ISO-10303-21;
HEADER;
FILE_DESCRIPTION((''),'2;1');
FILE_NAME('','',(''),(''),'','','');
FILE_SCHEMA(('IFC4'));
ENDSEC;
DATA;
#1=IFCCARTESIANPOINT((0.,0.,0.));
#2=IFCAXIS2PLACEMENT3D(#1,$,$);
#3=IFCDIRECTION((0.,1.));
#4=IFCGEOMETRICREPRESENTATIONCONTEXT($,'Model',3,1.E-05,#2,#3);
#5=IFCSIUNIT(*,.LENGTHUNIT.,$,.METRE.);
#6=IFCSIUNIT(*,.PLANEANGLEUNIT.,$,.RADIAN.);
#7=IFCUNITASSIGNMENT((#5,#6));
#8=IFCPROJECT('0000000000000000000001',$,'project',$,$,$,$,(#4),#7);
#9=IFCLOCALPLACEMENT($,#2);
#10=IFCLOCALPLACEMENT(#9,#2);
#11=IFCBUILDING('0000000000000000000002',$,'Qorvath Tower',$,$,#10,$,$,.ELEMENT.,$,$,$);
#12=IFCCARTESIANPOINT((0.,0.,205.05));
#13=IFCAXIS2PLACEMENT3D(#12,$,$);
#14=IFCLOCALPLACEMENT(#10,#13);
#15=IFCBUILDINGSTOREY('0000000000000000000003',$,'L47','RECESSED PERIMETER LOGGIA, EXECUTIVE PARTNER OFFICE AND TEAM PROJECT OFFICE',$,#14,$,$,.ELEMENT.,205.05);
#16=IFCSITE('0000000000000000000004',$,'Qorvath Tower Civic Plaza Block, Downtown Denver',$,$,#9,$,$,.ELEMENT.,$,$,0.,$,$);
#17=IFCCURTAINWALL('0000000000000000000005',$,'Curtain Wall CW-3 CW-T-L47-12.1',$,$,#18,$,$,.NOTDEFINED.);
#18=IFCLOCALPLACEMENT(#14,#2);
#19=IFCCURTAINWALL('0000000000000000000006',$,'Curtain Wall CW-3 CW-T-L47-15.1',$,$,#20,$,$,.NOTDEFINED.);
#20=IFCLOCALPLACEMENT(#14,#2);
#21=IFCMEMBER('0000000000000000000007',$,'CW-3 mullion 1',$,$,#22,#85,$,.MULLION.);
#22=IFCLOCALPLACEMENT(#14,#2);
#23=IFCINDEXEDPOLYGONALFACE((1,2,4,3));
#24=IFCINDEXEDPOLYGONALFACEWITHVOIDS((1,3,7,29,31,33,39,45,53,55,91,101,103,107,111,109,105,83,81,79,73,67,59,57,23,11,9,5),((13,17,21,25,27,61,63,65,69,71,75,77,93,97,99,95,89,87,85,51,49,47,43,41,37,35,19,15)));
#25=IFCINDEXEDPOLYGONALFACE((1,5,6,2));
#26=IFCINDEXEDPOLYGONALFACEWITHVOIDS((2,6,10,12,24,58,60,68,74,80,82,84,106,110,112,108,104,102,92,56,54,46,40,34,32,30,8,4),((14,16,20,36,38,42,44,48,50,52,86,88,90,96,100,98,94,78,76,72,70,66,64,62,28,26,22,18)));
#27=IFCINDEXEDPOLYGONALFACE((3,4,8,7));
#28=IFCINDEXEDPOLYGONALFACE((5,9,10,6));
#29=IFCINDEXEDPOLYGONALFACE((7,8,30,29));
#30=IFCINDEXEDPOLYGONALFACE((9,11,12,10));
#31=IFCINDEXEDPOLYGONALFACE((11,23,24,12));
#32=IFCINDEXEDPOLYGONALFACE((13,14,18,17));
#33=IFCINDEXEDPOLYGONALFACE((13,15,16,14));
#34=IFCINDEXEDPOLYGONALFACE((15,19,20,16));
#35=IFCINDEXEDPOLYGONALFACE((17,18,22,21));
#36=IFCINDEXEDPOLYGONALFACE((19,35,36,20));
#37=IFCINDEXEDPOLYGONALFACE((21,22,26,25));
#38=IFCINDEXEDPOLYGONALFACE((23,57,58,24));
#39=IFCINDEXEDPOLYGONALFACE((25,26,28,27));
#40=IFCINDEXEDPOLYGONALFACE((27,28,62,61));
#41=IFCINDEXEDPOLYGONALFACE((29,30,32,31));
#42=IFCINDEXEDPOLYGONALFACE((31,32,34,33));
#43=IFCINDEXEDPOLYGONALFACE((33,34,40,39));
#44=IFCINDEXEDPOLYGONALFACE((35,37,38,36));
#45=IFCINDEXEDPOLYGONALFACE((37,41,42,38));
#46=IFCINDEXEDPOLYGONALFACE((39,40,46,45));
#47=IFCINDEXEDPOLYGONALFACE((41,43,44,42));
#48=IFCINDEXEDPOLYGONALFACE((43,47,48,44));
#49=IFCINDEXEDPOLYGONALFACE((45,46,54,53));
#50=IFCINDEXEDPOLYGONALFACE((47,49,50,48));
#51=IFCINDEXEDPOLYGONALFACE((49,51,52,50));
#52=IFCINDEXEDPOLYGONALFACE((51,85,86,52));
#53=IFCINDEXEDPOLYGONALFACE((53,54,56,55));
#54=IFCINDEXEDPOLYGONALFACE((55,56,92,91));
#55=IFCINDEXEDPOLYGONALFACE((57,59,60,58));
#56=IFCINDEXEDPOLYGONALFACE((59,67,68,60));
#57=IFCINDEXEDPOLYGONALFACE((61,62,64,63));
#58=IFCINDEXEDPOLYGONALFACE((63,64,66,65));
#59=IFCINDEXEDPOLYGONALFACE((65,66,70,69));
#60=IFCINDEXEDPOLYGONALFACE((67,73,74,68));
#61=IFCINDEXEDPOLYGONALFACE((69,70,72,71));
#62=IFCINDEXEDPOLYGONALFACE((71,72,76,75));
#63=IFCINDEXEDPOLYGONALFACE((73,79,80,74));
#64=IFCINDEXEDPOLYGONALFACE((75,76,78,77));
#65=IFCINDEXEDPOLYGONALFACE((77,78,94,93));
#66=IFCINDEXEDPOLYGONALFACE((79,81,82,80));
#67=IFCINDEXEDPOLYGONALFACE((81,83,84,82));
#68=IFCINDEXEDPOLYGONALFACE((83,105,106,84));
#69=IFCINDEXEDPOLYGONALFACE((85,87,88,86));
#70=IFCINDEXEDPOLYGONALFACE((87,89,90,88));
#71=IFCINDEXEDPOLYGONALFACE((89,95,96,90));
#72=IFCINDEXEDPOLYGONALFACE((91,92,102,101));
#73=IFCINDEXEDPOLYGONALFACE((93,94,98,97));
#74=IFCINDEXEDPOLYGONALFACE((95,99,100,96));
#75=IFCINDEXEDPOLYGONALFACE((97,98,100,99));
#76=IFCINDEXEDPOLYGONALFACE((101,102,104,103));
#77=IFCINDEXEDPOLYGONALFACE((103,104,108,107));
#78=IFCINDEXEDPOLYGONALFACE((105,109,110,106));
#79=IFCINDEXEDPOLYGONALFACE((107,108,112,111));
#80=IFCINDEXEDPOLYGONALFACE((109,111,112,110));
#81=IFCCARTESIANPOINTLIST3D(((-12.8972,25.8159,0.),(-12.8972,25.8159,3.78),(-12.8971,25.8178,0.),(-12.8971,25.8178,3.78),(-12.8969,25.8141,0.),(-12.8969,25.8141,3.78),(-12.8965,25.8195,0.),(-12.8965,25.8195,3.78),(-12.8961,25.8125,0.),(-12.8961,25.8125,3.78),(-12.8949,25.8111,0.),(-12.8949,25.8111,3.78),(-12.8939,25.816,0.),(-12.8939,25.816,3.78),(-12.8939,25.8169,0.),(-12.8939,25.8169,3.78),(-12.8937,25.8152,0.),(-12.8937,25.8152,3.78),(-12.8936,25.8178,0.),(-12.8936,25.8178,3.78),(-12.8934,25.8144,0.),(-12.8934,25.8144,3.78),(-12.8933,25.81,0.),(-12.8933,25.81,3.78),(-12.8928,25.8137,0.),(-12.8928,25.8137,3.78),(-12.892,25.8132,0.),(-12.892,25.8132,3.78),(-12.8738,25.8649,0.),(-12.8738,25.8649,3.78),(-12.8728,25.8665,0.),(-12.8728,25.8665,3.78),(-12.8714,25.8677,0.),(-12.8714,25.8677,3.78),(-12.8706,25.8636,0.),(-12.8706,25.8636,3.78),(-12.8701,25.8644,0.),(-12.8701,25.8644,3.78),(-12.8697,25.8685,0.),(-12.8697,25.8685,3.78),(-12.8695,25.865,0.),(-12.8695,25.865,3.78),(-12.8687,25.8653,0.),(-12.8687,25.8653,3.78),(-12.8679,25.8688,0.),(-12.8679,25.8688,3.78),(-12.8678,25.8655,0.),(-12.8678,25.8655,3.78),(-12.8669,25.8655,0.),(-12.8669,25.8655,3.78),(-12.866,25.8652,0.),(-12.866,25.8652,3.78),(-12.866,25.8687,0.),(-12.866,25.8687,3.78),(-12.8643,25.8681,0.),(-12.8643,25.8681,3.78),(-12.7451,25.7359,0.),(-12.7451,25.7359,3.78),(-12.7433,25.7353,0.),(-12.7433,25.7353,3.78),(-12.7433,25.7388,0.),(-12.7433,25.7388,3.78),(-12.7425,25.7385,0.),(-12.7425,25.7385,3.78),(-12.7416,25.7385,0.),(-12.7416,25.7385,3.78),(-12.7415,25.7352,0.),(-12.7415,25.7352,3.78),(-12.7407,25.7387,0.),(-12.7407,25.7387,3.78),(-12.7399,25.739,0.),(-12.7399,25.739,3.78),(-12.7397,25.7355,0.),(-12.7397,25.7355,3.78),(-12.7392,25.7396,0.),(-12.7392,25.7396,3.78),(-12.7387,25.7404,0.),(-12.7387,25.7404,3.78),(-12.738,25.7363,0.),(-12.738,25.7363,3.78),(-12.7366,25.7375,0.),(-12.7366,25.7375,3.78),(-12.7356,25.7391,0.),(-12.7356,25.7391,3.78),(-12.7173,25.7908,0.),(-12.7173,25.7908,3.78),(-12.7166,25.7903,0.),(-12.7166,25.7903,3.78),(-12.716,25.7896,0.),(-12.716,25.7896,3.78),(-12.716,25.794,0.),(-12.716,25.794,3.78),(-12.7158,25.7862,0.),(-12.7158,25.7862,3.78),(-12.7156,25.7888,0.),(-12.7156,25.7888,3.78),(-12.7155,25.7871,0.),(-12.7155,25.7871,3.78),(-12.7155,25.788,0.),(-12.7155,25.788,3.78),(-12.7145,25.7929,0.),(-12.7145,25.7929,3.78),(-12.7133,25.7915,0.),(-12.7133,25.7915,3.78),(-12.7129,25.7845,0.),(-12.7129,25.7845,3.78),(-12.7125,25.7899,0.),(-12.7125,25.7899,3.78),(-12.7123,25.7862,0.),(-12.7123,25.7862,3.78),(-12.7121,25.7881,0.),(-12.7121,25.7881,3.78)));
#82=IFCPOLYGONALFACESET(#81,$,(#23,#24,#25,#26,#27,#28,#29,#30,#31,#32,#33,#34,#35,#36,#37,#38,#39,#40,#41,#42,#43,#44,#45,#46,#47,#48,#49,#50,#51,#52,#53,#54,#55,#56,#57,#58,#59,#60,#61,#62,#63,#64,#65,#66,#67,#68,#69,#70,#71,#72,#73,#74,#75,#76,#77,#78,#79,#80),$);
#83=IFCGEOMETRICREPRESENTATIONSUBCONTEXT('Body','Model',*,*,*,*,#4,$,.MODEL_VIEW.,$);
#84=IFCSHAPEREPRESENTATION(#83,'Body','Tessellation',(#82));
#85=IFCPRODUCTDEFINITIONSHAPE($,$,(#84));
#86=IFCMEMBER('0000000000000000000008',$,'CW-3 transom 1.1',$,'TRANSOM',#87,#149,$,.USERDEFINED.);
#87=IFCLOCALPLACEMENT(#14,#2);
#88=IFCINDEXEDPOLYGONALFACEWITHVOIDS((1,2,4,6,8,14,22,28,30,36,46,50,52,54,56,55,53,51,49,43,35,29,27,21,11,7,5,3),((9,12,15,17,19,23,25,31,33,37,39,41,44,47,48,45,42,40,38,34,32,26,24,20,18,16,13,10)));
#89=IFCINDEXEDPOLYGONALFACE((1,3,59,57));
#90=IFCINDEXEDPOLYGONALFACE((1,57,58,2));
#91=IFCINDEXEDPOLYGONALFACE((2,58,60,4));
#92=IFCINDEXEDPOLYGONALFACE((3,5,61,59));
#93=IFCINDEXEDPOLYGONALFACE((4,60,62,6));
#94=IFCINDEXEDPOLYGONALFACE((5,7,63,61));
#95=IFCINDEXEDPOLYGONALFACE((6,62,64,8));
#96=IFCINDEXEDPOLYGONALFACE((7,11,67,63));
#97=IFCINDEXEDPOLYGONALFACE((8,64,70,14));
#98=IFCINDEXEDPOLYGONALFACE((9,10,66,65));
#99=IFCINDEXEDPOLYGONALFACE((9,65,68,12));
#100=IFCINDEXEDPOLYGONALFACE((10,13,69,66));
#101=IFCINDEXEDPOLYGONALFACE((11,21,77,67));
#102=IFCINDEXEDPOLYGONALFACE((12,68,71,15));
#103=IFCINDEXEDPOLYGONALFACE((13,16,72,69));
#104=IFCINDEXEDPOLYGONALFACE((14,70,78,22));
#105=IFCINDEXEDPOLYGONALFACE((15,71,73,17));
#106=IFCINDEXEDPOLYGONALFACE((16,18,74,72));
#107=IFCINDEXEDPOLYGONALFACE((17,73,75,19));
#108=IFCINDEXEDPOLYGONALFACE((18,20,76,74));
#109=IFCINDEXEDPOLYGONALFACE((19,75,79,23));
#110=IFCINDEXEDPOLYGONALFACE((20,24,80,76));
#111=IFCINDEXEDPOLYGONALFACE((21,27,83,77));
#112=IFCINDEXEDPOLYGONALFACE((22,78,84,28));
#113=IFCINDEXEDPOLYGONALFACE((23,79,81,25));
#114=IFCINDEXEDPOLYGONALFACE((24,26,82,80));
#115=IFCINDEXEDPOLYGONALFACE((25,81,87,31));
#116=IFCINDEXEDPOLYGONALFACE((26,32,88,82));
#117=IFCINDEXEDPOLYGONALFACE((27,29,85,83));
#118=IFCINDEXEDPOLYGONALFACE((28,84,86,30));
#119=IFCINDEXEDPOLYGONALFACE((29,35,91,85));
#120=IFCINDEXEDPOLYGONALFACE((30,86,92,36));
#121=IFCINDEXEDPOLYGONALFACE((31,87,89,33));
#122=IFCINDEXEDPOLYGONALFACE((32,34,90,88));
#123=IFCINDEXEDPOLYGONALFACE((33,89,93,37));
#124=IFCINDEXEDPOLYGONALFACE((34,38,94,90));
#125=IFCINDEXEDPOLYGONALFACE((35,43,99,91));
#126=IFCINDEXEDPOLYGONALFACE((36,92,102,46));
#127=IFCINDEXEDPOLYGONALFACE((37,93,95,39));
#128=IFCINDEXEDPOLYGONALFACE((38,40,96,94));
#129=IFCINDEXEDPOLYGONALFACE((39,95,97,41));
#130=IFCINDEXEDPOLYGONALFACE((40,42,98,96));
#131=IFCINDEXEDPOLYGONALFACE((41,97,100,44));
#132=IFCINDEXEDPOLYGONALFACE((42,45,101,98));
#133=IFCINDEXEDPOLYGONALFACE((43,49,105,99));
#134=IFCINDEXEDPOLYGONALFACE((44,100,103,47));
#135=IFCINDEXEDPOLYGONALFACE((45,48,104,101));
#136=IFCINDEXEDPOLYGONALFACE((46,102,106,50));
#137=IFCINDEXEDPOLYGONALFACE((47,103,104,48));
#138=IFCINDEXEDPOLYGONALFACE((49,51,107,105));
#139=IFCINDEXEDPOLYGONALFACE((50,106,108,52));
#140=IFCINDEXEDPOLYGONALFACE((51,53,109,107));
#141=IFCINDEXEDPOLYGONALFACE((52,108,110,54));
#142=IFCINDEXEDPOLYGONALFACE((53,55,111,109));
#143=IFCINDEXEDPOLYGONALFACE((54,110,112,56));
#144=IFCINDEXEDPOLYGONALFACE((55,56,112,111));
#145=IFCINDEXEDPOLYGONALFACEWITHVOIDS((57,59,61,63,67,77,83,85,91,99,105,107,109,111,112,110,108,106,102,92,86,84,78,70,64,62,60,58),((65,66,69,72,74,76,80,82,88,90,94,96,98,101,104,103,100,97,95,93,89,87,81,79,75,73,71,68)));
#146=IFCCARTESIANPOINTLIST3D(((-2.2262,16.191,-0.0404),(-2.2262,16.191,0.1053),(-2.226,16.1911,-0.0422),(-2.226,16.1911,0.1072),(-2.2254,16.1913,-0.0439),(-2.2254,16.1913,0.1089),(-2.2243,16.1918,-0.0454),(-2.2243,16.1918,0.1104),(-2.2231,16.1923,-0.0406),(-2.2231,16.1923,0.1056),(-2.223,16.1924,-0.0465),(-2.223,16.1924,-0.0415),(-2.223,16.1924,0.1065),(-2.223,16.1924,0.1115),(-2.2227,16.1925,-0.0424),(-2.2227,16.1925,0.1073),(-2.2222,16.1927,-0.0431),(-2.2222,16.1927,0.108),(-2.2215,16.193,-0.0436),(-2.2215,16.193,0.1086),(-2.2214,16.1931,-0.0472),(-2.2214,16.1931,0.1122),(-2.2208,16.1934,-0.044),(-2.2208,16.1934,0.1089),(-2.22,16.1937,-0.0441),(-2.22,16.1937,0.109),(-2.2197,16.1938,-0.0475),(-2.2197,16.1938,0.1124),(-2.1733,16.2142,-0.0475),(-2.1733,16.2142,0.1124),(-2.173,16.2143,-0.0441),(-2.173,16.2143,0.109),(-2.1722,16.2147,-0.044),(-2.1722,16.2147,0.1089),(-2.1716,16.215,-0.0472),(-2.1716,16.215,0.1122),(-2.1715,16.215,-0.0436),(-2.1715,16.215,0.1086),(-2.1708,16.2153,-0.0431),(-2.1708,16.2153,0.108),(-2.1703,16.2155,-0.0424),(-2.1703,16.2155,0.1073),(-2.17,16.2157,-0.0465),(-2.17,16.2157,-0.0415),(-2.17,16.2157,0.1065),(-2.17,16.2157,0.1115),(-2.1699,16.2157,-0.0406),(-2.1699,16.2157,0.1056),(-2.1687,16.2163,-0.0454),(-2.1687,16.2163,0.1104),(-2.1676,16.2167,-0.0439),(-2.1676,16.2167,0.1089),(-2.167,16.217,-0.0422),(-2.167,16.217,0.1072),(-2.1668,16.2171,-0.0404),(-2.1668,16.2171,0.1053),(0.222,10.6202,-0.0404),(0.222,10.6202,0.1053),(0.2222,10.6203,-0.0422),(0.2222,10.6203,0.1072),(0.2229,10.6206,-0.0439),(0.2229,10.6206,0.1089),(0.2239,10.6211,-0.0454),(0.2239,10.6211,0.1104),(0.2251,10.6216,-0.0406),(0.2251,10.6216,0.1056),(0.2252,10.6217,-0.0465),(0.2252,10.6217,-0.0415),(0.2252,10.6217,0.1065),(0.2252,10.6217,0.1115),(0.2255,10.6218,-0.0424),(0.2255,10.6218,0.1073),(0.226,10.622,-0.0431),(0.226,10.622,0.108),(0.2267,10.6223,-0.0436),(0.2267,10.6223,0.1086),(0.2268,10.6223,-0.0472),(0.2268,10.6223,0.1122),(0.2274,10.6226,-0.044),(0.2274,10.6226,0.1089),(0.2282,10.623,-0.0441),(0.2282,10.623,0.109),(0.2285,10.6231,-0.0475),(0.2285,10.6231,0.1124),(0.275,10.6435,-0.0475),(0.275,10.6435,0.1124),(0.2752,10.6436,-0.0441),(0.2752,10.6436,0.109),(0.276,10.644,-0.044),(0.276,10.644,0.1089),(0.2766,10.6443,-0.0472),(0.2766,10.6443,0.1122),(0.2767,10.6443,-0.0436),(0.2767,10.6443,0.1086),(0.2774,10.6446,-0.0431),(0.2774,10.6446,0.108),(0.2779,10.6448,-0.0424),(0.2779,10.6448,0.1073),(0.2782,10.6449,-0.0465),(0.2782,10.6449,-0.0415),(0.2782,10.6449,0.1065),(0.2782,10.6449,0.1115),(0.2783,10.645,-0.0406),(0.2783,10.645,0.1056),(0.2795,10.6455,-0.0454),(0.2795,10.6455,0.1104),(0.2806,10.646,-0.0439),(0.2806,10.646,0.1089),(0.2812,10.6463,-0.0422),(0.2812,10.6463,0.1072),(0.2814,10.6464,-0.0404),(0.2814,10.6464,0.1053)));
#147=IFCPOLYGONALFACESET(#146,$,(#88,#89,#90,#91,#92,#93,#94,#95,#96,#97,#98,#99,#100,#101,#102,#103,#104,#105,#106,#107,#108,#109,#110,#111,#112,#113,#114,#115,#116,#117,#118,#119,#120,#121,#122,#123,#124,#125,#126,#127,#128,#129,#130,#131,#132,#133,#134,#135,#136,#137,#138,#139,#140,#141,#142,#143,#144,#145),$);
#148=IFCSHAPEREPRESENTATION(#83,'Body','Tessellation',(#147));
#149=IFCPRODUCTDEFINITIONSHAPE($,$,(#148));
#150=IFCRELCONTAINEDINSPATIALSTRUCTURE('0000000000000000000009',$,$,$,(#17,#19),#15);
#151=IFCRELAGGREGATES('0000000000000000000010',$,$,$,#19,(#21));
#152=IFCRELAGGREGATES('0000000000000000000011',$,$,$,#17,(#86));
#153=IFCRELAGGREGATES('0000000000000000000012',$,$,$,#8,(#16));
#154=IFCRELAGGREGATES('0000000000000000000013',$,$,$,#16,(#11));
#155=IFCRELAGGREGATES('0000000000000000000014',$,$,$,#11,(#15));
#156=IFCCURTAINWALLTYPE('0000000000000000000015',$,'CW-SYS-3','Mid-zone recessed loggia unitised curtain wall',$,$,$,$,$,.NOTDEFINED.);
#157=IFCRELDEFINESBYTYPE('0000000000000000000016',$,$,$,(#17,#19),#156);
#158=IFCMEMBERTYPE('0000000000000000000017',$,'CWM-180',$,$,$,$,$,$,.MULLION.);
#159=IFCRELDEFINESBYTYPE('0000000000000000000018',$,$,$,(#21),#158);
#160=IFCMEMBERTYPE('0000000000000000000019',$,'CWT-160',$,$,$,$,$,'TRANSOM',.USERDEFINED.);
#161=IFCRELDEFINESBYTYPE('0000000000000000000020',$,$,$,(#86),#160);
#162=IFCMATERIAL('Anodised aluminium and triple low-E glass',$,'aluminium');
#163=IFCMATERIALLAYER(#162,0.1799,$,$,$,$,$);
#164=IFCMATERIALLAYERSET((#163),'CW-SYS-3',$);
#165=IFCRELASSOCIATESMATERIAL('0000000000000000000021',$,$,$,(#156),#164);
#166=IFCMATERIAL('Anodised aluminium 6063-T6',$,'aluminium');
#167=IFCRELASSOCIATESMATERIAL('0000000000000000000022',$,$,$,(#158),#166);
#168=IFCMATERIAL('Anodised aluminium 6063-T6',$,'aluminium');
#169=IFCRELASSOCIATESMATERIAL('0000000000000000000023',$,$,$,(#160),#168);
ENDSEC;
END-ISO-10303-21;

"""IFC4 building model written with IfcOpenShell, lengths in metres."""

from ifc_helpers import new_model, si_unit, direction, frame, origin, origin_2d, place, context, subcontext, project, spatial, hollow_rectangle, extrude, material, layer, layer_set, material_profile, profile_set, type_object, element, aggregate, save


model = new_model("IFC4")

# Units and contexts
model_context = context("Model", 3, precision=1e-05, world=origin(), true_north=direction((0.0, 1.0)))
body_context = subcontext(model_context, "Body", "Model", "MODEL_VIEW")
ifc_project = project(units=[si_unit("LENGTHUNIT", "METRE"), si_unit("PLANEANGLEUNIT", "RADIAN")], contexts=[model_context])

# Site, building, storey
site_placement = place(None, origin())
site = spatial("IfcSite", under=ifc_project, at=site_placement, Name="Qorvath Tower Civic Plaza Block, Downtown Denver", CompositionType="ELEMENT", RefElevation=0.0)
building_placement = place(site_placement, origin())
building = spatial("IfcBuilding", under=site, at=building_placement, Name="Qorvath Tower", CompositionType="ELEMENT")
storey_placement = place(building_placement, frame((0.0, 0.0, 205.05)))
storey = spatial("IfcBuildingStorey", under=building, at=storey_placement, Name="L47", Description="RECESSED PERIMETER LOGGIA, EXECUTIVE PARTNER OFFICE AND TEAM PROJECT OFFICE", CompositionType="ELEMENT", Elevation=205.05)

# Shared definitions
ifc_material_1 = material(Name="Anodised aluminium and triple low-E glass", Category="aluminium")
ifc_layer_1 = layer(ifc_material_1, 0.1799)
ifc_layer_set_1 = layer_set([ifc_layer_1], Name="CW-SYS-3")
curtain_wall_type = type_object("IfcCurtainWallType", Name="CW-SYS-3", Description="Mid-zone recessed loggia unitised curtain wall", PredefinedType="NOTDEFINED", material=ifc_layer_set_1)
ifc_material_2 = material(Name="Anodised aluminium 6063-T6", Category="aluminium")
ifc_material_profile_1 = material_profile(ifc_material_2, hollow_rectangle(XDim=0.0649, YDim=0.1799, WallThickness=0.0034, InnerFilletRadius=0.0034, OuterFilletRadius=0.0071, at=origin_2d()), Name="CWM 180x65")
ifc_profile_set_1 = profile_set([ifc_material_profile_1], Name="Anodised aluminium 6063-T6")
member_type_1 = type_object("IfcMemberType", Name="CWM-180", PredefinedType="MULLION", material=ifc_profile_set_1)

# Curtain wall
curtain_wall_1_placement = place(storey_placement, origin())
curtain_wall_1 = element("IfcCurtainWall", 1, at=curtain_wall_1_placement, inside=storey, type_object=curtain_wall_type, Name="Curtain Wall CW-3 CW-T-L47-12.1", PredefinedType="NOTDEFINED")

# Curtain wall, member
curtain_wall_2_placement = place(storey_placement, origin())
curtain_wall_2 = element("IfcCurtainWall", 2, at=curtain_wall_2_placement, inside=storey, type_object=curtain_wall_type, Name="Curtain Wall CW-3 CW-T-L47-15.1", PredefinedType="NOTDEFINED")
member_1_placement = place(storey_placement, frame((-12.8047, 25.802, 0.0), z_axis=(0.0, 0.0, 1.0), x_axis=(-0.447205, -0.894432, 0.0)))
member_1 = element("IfcMember", 3, at=member_1_placement, type_object=member_type_1, Name="CW-3 mullion 1", PredefinedType="MULLION", context=body_context, shape_type="SweptSolid", body=[
    extrude(hollow_rectangle(XDim=0.0649, YDim=0.1799, WallThickness=0.0034, InnerFilletRadius=0.0034, OuterFilletRadius=0.0071, at=origin_2d()), origin(), (0.0, 0.0, 1.0), 3.78),
])
aggregate(curtain_wall_2, [member_1])

# Member
ifc_material_3 = material(Name="Anodised aluminium 6063-T6", Category="aluminium")
ifc_material_profile_2 = material_profile(ifc_material_3, hollow_rectangle(XDim=0.0649, YDim=0.1599, WallThickness=0.0034, InnerFilletRadius=0.0034, OuterFilletRadius=0.0071, at=origin_2d()), Name="CWT 160x65")
ifc_profile_set_2 = profile_set([ifc_material_profile_2], Name="Anodised aluminium 6063-T6")
member_type_2 = type_object("IfcMemberType", Name="CWT-160", ElementType="TRANSOM", PredefinedType="USERDEFINED", material=ifc_profile_set_2)
member_2_placement = place(storey_placement, frame((0.2517, 10.6333, 0.0325), z_axis=(-0.402338, 0.915491, 0.0), x_axis=(-0.915491, -0.402338, 0.0)))
member_2 = element("IfcMember", 4, at=member_2_placement, type_object=member_type_2, Name="CW-3 transom 1.1", ObjectType="TRANSOM", PredefinedType="USERDEFINED", context=body_context, shape_type="SweptSolid", body=[
    extrude(hollow_rectangle(XDim=0.0649, YDim=0.1599, WallThickness=0.0034, InnerFilletRadius=0.0034, OuterFilletRadius=0.0071, at=origin_2d()), origin(), (0.0, 0.0, 1.0), 6.085),
])

aggregate(curtain_wall_1, [member_2])

save(model, "model.ifc")
